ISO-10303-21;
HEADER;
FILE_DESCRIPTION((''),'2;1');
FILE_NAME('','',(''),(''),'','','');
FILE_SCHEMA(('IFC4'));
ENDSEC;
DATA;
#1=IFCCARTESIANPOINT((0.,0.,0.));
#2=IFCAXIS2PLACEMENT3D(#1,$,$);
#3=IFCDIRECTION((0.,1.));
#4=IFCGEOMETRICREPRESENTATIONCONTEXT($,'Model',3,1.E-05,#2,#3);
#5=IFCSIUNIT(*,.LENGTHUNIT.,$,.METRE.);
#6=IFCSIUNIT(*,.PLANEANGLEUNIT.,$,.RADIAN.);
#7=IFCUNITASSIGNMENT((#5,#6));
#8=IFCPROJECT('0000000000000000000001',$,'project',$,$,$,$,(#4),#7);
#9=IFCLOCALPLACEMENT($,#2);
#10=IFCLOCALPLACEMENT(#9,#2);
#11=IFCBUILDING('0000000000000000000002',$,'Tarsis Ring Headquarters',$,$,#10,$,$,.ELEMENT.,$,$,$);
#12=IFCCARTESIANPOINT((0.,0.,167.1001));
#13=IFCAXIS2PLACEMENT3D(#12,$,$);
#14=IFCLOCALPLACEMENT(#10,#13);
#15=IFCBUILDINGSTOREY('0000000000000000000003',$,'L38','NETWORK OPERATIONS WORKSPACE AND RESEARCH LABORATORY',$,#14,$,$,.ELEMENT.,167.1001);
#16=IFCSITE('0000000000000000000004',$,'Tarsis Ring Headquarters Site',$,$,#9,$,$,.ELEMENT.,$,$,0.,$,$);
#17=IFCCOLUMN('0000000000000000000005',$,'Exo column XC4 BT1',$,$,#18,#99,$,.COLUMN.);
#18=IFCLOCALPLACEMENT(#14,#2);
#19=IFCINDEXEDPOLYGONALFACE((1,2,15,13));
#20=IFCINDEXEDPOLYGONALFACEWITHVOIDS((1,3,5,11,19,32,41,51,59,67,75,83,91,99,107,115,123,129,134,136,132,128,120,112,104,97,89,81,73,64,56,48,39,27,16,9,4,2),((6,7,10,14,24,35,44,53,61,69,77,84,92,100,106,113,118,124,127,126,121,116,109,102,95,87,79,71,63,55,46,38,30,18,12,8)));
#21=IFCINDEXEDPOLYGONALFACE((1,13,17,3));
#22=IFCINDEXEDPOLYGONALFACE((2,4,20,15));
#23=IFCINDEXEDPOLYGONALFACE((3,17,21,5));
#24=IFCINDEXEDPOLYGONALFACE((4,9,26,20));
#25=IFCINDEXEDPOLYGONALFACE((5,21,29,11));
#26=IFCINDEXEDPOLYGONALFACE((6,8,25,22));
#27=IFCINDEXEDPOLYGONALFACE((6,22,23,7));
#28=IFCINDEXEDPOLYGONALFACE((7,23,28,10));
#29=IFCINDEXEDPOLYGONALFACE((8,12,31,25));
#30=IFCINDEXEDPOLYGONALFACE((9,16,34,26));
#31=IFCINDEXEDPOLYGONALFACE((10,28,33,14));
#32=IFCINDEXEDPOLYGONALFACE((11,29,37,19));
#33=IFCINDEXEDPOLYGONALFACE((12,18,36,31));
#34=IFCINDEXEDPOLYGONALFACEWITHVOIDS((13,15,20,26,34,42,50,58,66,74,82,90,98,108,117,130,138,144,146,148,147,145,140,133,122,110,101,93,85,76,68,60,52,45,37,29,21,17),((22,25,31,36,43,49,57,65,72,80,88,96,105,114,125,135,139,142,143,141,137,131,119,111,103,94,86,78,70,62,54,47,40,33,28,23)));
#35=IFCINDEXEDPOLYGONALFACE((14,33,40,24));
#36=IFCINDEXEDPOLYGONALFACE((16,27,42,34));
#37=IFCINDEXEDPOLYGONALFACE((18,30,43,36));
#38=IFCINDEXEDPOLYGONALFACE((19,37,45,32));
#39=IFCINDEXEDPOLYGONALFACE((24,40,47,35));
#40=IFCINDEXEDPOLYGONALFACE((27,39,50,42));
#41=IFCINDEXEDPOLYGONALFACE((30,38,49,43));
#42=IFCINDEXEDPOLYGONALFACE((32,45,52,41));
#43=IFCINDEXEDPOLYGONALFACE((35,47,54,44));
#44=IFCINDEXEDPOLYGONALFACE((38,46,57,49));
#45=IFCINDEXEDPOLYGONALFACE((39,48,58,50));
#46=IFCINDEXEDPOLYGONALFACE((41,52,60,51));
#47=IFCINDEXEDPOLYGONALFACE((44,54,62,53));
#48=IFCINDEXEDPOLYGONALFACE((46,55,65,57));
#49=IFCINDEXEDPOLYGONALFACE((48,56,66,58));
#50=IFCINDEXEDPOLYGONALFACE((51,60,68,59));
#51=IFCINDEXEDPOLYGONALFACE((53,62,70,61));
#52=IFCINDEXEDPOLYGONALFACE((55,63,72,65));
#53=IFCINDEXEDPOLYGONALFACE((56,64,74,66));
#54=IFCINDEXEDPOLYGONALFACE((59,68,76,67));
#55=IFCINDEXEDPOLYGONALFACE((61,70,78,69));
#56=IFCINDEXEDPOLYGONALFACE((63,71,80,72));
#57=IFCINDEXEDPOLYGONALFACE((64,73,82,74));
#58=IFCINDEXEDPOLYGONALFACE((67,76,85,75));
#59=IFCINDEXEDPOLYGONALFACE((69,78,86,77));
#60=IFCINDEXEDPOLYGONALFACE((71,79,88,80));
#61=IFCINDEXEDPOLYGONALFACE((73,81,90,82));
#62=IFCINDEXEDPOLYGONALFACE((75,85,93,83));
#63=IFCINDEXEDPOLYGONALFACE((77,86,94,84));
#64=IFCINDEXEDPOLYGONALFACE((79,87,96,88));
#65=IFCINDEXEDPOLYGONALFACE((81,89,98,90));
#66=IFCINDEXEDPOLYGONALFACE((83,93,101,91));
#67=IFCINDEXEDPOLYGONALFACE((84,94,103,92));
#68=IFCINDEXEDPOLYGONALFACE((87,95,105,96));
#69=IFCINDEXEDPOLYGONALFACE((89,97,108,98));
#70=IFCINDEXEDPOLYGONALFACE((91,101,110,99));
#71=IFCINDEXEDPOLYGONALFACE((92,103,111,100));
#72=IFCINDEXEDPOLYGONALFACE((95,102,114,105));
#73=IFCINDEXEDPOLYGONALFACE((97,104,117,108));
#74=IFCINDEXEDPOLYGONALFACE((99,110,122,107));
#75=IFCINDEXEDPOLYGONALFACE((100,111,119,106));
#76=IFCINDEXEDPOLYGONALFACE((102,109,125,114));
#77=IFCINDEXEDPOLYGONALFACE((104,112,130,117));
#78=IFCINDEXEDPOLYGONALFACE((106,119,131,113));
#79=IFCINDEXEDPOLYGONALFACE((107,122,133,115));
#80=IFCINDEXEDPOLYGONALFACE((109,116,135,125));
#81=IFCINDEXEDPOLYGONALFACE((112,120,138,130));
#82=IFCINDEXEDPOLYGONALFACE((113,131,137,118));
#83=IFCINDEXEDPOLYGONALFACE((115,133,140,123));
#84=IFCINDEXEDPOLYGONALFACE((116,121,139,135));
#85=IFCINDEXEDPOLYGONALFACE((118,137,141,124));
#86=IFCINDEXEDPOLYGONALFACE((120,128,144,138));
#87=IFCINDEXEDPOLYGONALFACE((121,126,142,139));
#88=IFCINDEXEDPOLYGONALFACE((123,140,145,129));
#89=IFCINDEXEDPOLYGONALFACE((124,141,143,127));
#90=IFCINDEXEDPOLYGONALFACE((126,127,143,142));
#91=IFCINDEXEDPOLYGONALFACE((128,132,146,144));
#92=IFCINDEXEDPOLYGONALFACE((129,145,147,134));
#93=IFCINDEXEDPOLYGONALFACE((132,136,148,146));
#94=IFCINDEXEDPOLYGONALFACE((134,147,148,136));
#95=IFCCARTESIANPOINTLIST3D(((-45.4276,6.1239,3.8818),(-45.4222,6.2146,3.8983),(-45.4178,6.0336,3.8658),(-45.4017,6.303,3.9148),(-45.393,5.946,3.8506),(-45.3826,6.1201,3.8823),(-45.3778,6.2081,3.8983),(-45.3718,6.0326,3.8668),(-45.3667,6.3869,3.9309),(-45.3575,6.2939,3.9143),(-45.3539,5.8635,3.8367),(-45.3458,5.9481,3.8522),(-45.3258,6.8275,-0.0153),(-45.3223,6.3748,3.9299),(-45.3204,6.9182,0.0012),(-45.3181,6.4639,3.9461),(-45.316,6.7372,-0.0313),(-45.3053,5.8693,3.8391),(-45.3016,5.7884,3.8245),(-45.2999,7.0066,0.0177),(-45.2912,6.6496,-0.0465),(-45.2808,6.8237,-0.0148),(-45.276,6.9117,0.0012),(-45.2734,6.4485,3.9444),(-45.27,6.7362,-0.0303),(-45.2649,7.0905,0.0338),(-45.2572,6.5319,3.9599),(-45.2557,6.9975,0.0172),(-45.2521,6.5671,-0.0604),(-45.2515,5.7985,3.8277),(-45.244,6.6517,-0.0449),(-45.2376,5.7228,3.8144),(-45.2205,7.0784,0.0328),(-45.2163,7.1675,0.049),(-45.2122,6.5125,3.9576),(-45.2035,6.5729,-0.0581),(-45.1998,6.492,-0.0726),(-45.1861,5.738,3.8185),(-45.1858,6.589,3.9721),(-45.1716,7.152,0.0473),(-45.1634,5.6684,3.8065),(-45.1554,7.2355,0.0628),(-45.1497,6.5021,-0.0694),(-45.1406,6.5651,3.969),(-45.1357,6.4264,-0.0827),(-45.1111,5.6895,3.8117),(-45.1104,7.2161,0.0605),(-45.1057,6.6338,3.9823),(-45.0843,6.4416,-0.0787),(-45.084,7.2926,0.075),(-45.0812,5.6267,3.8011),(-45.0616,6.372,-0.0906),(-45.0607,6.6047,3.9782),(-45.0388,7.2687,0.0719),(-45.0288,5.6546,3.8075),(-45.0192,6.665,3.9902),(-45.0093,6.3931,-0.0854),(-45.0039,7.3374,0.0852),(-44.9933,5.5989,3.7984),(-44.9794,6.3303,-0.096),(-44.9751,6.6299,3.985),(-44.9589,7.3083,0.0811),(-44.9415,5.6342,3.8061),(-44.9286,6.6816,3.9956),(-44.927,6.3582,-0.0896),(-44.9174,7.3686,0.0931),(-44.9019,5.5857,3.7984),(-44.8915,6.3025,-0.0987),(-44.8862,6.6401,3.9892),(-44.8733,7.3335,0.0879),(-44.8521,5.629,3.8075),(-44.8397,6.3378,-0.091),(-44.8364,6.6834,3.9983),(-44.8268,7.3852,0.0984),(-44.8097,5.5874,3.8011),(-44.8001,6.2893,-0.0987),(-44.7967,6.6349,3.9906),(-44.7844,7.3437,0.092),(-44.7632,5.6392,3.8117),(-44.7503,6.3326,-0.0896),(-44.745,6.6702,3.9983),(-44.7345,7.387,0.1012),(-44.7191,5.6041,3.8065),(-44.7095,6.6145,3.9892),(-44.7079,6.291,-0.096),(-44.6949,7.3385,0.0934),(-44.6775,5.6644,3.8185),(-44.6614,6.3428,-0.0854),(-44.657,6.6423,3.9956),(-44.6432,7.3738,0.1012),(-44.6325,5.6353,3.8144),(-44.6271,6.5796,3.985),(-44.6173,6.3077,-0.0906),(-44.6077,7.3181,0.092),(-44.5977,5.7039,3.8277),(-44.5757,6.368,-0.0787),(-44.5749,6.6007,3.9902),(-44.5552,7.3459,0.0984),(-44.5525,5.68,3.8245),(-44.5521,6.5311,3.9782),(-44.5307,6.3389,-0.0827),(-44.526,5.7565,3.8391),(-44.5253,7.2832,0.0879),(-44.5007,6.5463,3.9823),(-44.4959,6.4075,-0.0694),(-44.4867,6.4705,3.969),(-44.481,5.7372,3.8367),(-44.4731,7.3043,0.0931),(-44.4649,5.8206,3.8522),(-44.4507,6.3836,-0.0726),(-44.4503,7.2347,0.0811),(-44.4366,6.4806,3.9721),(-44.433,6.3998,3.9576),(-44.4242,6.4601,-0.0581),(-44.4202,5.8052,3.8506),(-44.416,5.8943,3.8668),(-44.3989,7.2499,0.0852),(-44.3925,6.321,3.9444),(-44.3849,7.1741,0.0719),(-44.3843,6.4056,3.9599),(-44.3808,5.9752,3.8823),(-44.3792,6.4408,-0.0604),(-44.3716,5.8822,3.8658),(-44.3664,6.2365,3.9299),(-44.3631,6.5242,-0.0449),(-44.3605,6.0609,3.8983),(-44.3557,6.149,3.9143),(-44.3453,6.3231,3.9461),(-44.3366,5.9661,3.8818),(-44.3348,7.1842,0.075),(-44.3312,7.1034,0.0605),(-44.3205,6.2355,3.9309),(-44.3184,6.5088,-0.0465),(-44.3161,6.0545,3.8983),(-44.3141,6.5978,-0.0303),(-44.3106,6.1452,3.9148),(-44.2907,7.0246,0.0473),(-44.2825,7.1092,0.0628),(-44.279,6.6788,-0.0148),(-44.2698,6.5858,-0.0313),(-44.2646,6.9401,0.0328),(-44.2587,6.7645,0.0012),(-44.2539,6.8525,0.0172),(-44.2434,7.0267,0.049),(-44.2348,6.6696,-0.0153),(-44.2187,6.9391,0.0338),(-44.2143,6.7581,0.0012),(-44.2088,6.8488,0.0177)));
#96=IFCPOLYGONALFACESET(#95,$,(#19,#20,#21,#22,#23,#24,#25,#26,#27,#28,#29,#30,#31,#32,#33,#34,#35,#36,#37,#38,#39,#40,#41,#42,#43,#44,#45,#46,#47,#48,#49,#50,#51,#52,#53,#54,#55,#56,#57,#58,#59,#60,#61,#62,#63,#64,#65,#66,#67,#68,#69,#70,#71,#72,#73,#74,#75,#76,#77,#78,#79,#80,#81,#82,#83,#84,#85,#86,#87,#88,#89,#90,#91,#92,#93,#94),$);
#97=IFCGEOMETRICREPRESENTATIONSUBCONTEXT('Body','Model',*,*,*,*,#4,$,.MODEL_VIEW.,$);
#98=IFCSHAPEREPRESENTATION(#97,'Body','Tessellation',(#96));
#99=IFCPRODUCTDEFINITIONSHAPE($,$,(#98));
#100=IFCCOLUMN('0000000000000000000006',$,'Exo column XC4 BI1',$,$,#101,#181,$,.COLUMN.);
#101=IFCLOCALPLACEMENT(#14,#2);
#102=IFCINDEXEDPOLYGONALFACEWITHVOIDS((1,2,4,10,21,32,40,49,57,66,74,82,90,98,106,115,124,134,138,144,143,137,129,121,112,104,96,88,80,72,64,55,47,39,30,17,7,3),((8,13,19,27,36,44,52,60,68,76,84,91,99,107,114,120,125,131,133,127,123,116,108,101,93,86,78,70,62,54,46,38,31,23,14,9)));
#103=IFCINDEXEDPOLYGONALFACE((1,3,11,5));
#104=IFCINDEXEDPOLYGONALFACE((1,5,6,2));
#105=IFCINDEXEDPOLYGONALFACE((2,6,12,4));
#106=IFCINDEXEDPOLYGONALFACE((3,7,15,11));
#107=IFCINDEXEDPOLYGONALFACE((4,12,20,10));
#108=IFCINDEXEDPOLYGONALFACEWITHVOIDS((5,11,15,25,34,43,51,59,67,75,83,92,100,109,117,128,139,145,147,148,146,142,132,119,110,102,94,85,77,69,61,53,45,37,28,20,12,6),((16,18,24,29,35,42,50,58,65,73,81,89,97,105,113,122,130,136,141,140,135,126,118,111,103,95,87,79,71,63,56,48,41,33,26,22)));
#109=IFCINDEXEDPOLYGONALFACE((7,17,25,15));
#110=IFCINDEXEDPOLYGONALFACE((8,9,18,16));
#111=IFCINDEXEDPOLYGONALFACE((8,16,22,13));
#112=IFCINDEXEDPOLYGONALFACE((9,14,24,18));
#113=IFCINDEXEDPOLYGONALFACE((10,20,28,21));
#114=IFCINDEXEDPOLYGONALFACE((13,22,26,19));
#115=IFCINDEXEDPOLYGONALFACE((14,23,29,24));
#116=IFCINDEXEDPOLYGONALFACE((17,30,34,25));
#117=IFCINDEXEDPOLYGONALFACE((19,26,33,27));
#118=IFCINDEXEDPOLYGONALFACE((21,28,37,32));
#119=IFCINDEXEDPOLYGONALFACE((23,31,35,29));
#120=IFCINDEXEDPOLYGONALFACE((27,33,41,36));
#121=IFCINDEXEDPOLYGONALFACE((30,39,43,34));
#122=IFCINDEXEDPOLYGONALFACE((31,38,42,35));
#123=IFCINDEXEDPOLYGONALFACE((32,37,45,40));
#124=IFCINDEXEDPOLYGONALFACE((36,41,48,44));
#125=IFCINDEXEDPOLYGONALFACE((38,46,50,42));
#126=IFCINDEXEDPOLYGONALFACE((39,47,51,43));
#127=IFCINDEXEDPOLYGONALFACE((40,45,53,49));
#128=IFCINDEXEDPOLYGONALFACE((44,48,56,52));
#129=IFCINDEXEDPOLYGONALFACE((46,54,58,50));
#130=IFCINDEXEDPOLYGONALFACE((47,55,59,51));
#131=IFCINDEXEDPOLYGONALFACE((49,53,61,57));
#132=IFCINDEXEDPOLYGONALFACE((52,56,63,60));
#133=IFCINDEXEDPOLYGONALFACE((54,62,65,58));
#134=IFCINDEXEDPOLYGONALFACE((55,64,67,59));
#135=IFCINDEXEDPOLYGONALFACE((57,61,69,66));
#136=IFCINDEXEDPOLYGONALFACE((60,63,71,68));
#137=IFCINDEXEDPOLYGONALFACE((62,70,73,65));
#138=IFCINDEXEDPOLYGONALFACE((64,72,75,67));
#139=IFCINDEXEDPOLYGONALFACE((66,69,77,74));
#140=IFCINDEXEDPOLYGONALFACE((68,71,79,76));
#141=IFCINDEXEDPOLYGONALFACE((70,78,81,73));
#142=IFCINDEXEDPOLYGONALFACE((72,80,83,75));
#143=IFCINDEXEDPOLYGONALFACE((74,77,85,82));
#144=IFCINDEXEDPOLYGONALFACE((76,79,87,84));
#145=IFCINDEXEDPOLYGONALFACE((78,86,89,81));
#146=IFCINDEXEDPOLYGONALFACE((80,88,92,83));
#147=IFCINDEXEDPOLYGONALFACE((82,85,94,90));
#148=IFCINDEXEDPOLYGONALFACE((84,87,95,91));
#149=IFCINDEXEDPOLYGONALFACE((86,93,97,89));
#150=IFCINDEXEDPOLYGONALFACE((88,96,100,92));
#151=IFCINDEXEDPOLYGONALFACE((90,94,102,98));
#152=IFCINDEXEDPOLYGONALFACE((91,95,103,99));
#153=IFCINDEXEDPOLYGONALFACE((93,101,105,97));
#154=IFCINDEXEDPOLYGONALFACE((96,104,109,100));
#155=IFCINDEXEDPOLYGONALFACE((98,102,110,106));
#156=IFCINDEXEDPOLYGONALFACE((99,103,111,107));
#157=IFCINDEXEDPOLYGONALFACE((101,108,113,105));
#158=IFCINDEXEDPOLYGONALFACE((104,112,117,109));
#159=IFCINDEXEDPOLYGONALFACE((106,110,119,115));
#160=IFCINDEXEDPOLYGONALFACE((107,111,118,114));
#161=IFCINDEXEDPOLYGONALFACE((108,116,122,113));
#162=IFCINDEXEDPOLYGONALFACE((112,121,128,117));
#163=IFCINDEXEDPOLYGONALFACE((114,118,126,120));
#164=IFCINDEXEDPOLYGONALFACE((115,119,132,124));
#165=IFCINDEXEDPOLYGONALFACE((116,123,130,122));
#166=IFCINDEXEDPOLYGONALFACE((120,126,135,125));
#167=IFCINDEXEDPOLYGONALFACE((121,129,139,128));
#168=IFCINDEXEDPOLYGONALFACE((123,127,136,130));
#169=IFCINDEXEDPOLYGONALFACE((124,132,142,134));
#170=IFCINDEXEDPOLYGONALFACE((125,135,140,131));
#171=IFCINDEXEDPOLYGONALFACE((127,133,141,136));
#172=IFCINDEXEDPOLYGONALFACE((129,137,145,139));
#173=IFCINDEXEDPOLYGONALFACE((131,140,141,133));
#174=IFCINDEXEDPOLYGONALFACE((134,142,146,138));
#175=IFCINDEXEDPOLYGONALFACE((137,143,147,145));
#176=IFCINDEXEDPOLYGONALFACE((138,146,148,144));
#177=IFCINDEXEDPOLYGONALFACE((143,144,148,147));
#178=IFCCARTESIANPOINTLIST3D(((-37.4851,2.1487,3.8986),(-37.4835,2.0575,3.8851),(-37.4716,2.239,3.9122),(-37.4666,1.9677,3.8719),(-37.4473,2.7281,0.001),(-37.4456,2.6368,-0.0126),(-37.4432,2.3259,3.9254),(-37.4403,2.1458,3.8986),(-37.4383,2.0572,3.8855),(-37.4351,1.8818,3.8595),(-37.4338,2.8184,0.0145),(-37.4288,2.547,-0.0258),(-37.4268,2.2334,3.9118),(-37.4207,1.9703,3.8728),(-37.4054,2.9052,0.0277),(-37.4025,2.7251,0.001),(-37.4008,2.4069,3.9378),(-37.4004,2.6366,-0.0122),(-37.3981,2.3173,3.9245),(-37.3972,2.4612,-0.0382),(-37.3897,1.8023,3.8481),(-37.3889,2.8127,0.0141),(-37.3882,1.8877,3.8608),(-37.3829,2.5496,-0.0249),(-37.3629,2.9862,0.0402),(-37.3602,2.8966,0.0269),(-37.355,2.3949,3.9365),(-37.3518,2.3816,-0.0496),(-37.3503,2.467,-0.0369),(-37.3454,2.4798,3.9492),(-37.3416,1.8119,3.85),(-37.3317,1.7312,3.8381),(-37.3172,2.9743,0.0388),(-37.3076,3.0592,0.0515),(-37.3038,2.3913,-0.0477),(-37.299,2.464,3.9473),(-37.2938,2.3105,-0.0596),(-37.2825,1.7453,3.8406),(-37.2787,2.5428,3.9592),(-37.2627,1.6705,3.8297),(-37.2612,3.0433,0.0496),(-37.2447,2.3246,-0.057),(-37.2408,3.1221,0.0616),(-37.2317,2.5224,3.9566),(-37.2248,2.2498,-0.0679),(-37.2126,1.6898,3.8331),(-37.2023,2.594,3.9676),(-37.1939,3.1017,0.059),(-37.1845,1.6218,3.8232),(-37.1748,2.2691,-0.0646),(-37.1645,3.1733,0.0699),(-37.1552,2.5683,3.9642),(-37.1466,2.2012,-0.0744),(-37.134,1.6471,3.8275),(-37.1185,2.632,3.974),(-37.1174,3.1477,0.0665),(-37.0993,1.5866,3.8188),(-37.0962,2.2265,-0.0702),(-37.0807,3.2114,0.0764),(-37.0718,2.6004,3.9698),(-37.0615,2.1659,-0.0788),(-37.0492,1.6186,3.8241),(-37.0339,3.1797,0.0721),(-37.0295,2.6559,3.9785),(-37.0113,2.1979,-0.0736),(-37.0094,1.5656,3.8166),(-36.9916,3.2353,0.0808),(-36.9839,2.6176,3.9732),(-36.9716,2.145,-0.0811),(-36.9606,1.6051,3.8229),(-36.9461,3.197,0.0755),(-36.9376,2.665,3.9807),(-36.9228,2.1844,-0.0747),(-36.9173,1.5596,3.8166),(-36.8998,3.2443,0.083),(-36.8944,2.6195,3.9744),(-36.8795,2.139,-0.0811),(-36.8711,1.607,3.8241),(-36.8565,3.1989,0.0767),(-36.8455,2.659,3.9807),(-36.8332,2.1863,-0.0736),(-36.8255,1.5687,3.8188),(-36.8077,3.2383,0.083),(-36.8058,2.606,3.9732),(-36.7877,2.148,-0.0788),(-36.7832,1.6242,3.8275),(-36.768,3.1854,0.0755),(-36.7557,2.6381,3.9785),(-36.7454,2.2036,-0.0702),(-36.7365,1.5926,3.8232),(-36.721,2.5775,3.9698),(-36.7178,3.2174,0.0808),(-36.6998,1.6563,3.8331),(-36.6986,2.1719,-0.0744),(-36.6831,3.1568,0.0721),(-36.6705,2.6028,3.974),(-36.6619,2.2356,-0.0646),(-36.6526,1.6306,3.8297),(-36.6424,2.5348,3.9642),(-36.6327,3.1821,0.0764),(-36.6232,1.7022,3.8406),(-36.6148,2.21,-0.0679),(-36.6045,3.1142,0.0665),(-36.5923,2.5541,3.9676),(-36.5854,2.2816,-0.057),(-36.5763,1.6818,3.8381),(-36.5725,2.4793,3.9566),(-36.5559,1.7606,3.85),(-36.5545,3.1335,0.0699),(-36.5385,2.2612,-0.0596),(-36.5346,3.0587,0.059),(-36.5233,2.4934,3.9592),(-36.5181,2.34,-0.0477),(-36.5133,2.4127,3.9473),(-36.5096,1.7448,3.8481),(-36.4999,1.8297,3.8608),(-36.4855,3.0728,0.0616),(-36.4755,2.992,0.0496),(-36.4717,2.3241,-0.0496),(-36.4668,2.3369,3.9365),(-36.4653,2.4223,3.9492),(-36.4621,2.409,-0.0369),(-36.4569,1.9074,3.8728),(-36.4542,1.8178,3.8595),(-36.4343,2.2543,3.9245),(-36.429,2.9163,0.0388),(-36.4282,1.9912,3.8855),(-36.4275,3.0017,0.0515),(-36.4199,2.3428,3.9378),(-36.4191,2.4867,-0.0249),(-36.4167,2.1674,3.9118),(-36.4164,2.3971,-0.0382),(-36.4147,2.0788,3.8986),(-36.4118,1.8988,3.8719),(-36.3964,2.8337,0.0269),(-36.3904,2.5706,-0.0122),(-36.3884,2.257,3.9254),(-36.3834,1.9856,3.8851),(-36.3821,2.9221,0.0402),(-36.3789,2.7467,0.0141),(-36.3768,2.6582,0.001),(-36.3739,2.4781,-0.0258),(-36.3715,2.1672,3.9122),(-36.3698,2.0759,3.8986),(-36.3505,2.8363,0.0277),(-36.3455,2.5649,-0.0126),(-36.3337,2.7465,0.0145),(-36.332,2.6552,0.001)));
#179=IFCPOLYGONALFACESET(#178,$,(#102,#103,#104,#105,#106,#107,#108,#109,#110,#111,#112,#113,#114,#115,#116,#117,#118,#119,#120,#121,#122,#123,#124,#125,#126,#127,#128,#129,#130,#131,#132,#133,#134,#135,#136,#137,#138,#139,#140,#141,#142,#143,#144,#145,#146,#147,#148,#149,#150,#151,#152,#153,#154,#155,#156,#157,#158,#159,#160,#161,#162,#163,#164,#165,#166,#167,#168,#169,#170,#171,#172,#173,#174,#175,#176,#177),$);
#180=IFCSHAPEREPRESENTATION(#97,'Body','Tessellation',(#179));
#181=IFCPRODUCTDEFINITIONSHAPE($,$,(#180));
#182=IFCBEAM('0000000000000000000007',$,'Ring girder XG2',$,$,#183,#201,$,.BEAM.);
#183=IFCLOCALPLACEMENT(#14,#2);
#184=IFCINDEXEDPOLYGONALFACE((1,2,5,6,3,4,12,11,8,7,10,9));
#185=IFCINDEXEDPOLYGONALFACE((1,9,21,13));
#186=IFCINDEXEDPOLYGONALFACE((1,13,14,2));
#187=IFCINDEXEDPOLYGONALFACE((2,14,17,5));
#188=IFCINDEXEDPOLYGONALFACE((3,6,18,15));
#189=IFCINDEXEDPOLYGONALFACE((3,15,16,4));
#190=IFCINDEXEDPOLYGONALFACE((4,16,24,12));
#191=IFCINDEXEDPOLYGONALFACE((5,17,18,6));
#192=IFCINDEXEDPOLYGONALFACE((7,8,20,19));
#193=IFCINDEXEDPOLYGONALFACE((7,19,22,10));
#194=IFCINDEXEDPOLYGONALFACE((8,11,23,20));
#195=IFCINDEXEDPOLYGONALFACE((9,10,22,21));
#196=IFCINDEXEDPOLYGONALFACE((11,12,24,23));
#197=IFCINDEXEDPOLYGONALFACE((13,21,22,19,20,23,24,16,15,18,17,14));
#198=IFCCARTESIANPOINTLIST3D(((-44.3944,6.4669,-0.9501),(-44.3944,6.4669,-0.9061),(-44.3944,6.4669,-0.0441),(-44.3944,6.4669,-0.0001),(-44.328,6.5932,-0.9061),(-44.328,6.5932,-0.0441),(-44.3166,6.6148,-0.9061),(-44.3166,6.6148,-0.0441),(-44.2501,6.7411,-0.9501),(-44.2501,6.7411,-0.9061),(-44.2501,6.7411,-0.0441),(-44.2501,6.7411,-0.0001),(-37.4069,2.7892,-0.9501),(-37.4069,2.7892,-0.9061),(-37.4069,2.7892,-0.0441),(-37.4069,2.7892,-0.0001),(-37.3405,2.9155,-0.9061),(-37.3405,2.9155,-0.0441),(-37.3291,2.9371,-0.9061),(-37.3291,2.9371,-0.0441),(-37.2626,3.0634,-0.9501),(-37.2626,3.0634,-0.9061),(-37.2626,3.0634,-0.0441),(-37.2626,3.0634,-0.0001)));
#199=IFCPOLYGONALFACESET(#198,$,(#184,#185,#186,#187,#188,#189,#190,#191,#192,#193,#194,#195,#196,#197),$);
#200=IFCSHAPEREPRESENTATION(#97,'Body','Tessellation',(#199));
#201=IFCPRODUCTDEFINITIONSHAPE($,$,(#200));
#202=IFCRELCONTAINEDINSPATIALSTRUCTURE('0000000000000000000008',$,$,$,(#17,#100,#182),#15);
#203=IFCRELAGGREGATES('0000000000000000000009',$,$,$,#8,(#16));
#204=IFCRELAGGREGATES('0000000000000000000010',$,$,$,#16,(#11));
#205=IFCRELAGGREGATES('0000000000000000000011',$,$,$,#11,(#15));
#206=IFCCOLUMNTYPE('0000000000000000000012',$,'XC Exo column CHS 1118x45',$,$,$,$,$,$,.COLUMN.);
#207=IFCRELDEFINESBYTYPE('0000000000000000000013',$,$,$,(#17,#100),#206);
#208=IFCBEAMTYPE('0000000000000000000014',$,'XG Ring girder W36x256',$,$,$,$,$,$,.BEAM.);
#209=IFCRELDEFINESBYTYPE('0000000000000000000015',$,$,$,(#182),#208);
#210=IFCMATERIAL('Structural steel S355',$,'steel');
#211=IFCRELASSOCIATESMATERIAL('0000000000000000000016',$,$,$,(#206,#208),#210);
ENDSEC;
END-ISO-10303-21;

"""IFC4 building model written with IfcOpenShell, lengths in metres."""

from ifc_helpers import new_model, si_unit, direction, frame, origin, origin_2d, place, context, subcontext, project, spatial, hollow_circle, i_section, extrude, material, material_profile, profile_set, type_object, element, save


model = new_model("IFC4")

# Units and contexts
model_context = context("Model", 3, precision=1e-05, world=origin(), true_north=direction((0.0, 1.0)))
body_context = subcontext(model_context, "Body", "Model", "MODEL_VIEW")
ifc_project = project(units=[si_unit("LENGTHUNIT", "METRE"), si_unit("PLANEANGLEUNIT", "RADIAN")], contexts=[model_context])

# Site, building, storey
site_placement = place(None, origin())
site = spatial("IfcSite", under=ifc_project, at=site_placement, Name="Tarsis Ring Headquarters Site", CompositionType="ELEMENT", RefElevation=0.0)
building_placement = place(site_placement, origin())
building = spatial("IfcBuilding", under=site, at=building_placement, Name="Tarsis Ring Headquarters", CompositionType="ELEMENT")
storey_placement = place(building_placement, frame((0.0, 0.0, 167.1001)))
storey = spatial("IfcBuildingStorey", under=building, at=storey_placement, Name="L38", Description="NETWORK OPERATIONS WORKSPACE AND RESEARCH LABORATORY", CompositionType="ELEMENT", Elevation=167.1001)

# Columns
ifc_material_1 = material(Name="Structural steel S355", Category="steel")
ifc_material_profile_1 = material_profile(ifc_material_1, hollow_circle(Radius=0.5588, WallThickness=0.0449, at=origin_2d()), Name="CHS 1118x45")
ifc_profile_set_1 = profile_set([ifc_material_profile_1], Name="Structural steel S355")
column_type = type_object("IfcColumnType", Name="XC Exo column CHS 1118x45", PredefinedType="COLUMN", material=ifc_profile_set_1)
column_1_placement = place(storey_placement, frame((-44.7673, 6.8381, 0.0012), z_axis=(-0.025699, -0.177611, 0.983765), x_axis=(0.989694, -0.1432, 0.0)))
element("IfcColumn", 1, at=column_1_placement, inside=storey, type_object=column_type, Name="Exo column XC4 BT1", PredefinedType="COLUMN", context=body_context, shape_type="SweptSolid", body=[
    extrude(hollow_circle(Radius=0.5588, WallThickness=0.0449, at=origin_2d()), origin(), (0.0, 0.0, 1.0), 3.9614),
])
column_2_placement = place(storey_placement, frame((-36.8896, 2.6917, 0.001), z_axis=(-0.009603, -0.147016, 0.989088), x_axis=(0.997874, -0.065179, 0.0)))
element("IfcColumn", 2, at=column_2_placement, inside=storey, type_object=column_type, Name="Exo column XC4 BI1", PredefinedType="COLUMN", context=body_context, shape_type="SweptSolid", body=[
    extrude(hollow_circle(Radius=0.5588, WallThickness=0.0449, at=origin_2d()), origin(), (0.0, 0.0, 1.0), 3.9407),
])

# Beam
ifc_material_profile_2 = material_profile(ifc_material_1, i_section(OverallWidth=0.3098, OverallDepth=0.95, WebThickness=0.0244, FlangeThickness=0.0439, at=origin_2d()), Name="W36x256")
ifc_profile_set_2 = profile_set([ifc_material_profile_2], Name="Structural steel S355")
beam_type = type_object("IfcBeamType", Name="XG Ring girder W36x256", PredefinedType="BEAM", material=ifc_profile_set_2)
beam_1_placement = place(storey_placement, frame((-44.3223, 6.604, -0.4751), z_axis=(0.884914, -0.465754, 0.0), x_axis=(0.465754, 0.884914, 0.0)))
element("IfcBeam", 3, at=beam_1_placement, inside=storey, type_object=beam_type, Name="Ring girder XG2", PredefinedType="BEAM", context=body_context, shape_type="SweptSolid", body=[
    extrude(i_section(OverallWidth=0.3098, OverallDepth=0.95, WebThickness=0.0244, FlangeThickness=0.0439, at=origin_2d()), origin(), (0.0, 0.0, 1.0), 7.8962),
])

save(model, "model.ifc")
